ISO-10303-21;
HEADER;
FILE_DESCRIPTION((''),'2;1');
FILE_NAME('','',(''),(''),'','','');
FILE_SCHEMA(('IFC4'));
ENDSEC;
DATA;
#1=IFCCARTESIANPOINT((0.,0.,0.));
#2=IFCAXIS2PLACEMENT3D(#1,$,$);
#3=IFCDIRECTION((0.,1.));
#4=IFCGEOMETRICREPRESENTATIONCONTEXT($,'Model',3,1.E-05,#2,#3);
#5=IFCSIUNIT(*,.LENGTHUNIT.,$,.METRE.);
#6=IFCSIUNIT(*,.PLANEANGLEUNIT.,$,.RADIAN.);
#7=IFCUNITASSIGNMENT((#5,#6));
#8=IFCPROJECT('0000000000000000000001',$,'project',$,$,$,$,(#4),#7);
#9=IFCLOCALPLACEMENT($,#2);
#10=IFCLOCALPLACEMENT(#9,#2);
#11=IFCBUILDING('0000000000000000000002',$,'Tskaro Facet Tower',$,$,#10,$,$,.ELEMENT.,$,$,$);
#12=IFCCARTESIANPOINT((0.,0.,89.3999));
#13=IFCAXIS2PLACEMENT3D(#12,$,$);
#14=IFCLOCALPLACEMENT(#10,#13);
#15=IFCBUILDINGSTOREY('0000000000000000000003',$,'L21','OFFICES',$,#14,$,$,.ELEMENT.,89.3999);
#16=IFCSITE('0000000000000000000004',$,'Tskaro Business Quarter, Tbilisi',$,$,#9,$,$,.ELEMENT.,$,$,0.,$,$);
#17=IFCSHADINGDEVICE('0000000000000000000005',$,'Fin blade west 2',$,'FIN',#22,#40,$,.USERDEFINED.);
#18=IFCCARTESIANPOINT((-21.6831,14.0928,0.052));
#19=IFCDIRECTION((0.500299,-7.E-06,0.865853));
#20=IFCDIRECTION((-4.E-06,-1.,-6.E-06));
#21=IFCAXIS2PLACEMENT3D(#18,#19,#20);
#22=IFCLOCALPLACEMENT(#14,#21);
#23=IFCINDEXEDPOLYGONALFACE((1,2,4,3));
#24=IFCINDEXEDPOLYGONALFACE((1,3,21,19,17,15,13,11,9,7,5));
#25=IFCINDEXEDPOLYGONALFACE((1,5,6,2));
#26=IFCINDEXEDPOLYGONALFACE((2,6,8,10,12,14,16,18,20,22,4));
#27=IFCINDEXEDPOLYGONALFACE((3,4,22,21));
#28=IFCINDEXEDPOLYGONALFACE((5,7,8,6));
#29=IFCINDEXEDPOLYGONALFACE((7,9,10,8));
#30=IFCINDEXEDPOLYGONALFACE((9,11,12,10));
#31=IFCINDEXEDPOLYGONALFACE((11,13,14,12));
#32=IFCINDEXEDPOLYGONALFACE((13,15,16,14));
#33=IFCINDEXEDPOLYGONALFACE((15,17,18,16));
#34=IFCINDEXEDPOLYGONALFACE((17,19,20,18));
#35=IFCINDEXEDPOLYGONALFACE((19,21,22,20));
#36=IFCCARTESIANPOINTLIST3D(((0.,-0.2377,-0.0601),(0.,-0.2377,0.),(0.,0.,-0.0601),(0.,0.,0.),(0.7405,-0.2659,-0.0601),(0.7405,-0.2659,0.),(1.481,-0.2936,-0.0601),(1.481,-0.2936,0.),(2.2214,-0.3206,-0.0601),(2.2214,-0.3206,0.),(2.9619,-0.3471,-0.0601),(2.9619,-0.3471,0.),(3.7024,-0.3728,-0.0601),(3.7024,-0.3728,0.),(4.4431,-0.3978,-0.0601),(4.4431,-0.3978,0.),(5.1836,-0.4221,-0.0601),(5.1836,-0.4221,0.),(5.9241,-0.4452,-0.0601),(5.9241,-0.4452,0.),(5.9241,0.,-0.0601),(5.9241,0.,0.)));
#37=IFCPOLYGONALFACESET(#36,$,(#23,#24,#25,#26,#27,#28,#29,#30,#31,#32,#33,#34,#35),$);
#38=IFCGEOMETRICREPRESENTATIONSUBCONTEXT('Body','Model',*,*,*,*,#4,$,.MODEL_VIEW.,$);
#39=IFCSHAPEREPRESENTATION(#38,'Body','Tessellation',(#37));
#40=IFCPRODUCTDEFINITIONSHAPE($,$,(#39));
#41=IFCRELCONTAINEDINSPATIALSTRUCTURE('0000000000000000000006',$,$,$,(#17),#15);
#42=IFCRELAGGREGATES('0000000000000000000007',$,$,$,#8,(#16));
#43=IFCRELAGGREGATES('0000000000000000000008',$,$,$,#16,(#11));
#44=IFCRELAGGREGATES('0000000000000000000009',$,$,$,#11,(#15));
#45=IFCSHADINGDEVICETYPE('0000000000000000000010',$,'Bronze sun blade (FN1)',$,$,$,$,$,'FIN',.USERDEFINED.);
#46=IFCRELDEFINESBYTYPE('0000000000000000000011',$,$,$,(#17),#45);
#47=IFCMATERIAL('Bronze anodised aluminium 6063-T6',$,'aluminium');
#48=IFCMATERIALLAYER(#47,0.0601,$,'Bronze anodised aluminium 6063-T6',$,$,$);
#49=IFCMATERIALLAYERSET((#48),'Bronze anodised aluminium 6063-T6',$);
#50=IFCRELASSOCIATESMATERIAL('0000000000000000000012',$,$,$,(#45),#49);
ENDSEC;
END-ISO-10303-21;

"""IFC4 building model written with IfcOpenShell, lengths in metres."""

from ifc_helpers import new_model, si_unit, direction, frame, origin, place, context, subcontext, project, spatial, polyline, outline, extrude, material, layer, layer_set, type_object, element, save


model = new_model("IFC4")

# Units and contexts
model_context = context("Model", 3, precision=1e-05, world=origin(), true_north=direction((0.0, 1.0)))
body_context = subcontext(model_context, "Body", "Model", "MODEL_VIEW")
ifc_project = project(units=[si_unit("LENGTHUNIT", "METRE"), si_unit("PLANEANGLEUNIT", "RADIAN")], contexts=[model_context])

# Site, building, storey
site_placement = place(None, origin())
site = spatial("IfcSite", under=ifc_project, at=site_placement, Name="Tskaro Business Quarter, Tbilisi", CompositionType="ELEMENT", RefElevation=0.0)
building_placement = place(site_placement, origin())
building = spatial("IfcBuilding", under=site, at=building_placement, Name="Tskaro Facet Tower", CompositionType="ELEMENT")
storey_placement = place(building_placement, frame((0.0, 0.0, 89.3999)))
storey = spatial("IfcBuildingStorey", under=building, at=storey_placement, Name="L21", Description="OFFICES", CompositionType="ELEMENT", Elevation=89.3999)

# Shared definitions
ifc_material_1 = material(Name="Bronze anodised aluminium 6063-T6", Category="aluminium")

# Shading device
ifc_layer_1 = layer(ifc_material_1, 0.0601, Name="Bronze anodised aluminium 6063-T6")
ifc_layer_set_1 = layer_set([ifc_layer_1], Name="Bronze anodised aluminium 6063-T6")
shading_device_type = type_object("IfcShadingDeviceType", Name="Bronze sun blade (FN1)", ElementType="FIN", PredefinedType="USERDEFINED", material=ifc_layer_set_1)
shading_device_1_placement = place(storey_placement, frame((-21.6831, 14.0928, 0.052), z_axis=(0.500299, -0.000007, 0.865853), x_axis=(-0.000004, -1.0, -0.000006)))
element("IfcShadingDevice", 1, at=shading_device_1_placement, inside=storey, type_object=shading_device_type, Name="Fin blade west 2", ObjectType="FIN", PredefinedType="USERDEFINED", context=body_context, shape_type="SweptSolid", body=[
    extrude(outline(polyline([(0.0, 0.0), (5.9241, 0.0), (5.9241, -0.4452), (5.1836, -0.4221), (4.4431, -0.3978), (3.7024, -0.3728), (2.9619, -0.3471), (2.2214, -0.3206), (1.481, -0.2936), (0.7405, -0.2659), (0.0, -0.2377), (0.0, 0.0)])), origin(), (0.0, 0.0, -1.0), 0.0601),
])

save(model, "model.ifc")
